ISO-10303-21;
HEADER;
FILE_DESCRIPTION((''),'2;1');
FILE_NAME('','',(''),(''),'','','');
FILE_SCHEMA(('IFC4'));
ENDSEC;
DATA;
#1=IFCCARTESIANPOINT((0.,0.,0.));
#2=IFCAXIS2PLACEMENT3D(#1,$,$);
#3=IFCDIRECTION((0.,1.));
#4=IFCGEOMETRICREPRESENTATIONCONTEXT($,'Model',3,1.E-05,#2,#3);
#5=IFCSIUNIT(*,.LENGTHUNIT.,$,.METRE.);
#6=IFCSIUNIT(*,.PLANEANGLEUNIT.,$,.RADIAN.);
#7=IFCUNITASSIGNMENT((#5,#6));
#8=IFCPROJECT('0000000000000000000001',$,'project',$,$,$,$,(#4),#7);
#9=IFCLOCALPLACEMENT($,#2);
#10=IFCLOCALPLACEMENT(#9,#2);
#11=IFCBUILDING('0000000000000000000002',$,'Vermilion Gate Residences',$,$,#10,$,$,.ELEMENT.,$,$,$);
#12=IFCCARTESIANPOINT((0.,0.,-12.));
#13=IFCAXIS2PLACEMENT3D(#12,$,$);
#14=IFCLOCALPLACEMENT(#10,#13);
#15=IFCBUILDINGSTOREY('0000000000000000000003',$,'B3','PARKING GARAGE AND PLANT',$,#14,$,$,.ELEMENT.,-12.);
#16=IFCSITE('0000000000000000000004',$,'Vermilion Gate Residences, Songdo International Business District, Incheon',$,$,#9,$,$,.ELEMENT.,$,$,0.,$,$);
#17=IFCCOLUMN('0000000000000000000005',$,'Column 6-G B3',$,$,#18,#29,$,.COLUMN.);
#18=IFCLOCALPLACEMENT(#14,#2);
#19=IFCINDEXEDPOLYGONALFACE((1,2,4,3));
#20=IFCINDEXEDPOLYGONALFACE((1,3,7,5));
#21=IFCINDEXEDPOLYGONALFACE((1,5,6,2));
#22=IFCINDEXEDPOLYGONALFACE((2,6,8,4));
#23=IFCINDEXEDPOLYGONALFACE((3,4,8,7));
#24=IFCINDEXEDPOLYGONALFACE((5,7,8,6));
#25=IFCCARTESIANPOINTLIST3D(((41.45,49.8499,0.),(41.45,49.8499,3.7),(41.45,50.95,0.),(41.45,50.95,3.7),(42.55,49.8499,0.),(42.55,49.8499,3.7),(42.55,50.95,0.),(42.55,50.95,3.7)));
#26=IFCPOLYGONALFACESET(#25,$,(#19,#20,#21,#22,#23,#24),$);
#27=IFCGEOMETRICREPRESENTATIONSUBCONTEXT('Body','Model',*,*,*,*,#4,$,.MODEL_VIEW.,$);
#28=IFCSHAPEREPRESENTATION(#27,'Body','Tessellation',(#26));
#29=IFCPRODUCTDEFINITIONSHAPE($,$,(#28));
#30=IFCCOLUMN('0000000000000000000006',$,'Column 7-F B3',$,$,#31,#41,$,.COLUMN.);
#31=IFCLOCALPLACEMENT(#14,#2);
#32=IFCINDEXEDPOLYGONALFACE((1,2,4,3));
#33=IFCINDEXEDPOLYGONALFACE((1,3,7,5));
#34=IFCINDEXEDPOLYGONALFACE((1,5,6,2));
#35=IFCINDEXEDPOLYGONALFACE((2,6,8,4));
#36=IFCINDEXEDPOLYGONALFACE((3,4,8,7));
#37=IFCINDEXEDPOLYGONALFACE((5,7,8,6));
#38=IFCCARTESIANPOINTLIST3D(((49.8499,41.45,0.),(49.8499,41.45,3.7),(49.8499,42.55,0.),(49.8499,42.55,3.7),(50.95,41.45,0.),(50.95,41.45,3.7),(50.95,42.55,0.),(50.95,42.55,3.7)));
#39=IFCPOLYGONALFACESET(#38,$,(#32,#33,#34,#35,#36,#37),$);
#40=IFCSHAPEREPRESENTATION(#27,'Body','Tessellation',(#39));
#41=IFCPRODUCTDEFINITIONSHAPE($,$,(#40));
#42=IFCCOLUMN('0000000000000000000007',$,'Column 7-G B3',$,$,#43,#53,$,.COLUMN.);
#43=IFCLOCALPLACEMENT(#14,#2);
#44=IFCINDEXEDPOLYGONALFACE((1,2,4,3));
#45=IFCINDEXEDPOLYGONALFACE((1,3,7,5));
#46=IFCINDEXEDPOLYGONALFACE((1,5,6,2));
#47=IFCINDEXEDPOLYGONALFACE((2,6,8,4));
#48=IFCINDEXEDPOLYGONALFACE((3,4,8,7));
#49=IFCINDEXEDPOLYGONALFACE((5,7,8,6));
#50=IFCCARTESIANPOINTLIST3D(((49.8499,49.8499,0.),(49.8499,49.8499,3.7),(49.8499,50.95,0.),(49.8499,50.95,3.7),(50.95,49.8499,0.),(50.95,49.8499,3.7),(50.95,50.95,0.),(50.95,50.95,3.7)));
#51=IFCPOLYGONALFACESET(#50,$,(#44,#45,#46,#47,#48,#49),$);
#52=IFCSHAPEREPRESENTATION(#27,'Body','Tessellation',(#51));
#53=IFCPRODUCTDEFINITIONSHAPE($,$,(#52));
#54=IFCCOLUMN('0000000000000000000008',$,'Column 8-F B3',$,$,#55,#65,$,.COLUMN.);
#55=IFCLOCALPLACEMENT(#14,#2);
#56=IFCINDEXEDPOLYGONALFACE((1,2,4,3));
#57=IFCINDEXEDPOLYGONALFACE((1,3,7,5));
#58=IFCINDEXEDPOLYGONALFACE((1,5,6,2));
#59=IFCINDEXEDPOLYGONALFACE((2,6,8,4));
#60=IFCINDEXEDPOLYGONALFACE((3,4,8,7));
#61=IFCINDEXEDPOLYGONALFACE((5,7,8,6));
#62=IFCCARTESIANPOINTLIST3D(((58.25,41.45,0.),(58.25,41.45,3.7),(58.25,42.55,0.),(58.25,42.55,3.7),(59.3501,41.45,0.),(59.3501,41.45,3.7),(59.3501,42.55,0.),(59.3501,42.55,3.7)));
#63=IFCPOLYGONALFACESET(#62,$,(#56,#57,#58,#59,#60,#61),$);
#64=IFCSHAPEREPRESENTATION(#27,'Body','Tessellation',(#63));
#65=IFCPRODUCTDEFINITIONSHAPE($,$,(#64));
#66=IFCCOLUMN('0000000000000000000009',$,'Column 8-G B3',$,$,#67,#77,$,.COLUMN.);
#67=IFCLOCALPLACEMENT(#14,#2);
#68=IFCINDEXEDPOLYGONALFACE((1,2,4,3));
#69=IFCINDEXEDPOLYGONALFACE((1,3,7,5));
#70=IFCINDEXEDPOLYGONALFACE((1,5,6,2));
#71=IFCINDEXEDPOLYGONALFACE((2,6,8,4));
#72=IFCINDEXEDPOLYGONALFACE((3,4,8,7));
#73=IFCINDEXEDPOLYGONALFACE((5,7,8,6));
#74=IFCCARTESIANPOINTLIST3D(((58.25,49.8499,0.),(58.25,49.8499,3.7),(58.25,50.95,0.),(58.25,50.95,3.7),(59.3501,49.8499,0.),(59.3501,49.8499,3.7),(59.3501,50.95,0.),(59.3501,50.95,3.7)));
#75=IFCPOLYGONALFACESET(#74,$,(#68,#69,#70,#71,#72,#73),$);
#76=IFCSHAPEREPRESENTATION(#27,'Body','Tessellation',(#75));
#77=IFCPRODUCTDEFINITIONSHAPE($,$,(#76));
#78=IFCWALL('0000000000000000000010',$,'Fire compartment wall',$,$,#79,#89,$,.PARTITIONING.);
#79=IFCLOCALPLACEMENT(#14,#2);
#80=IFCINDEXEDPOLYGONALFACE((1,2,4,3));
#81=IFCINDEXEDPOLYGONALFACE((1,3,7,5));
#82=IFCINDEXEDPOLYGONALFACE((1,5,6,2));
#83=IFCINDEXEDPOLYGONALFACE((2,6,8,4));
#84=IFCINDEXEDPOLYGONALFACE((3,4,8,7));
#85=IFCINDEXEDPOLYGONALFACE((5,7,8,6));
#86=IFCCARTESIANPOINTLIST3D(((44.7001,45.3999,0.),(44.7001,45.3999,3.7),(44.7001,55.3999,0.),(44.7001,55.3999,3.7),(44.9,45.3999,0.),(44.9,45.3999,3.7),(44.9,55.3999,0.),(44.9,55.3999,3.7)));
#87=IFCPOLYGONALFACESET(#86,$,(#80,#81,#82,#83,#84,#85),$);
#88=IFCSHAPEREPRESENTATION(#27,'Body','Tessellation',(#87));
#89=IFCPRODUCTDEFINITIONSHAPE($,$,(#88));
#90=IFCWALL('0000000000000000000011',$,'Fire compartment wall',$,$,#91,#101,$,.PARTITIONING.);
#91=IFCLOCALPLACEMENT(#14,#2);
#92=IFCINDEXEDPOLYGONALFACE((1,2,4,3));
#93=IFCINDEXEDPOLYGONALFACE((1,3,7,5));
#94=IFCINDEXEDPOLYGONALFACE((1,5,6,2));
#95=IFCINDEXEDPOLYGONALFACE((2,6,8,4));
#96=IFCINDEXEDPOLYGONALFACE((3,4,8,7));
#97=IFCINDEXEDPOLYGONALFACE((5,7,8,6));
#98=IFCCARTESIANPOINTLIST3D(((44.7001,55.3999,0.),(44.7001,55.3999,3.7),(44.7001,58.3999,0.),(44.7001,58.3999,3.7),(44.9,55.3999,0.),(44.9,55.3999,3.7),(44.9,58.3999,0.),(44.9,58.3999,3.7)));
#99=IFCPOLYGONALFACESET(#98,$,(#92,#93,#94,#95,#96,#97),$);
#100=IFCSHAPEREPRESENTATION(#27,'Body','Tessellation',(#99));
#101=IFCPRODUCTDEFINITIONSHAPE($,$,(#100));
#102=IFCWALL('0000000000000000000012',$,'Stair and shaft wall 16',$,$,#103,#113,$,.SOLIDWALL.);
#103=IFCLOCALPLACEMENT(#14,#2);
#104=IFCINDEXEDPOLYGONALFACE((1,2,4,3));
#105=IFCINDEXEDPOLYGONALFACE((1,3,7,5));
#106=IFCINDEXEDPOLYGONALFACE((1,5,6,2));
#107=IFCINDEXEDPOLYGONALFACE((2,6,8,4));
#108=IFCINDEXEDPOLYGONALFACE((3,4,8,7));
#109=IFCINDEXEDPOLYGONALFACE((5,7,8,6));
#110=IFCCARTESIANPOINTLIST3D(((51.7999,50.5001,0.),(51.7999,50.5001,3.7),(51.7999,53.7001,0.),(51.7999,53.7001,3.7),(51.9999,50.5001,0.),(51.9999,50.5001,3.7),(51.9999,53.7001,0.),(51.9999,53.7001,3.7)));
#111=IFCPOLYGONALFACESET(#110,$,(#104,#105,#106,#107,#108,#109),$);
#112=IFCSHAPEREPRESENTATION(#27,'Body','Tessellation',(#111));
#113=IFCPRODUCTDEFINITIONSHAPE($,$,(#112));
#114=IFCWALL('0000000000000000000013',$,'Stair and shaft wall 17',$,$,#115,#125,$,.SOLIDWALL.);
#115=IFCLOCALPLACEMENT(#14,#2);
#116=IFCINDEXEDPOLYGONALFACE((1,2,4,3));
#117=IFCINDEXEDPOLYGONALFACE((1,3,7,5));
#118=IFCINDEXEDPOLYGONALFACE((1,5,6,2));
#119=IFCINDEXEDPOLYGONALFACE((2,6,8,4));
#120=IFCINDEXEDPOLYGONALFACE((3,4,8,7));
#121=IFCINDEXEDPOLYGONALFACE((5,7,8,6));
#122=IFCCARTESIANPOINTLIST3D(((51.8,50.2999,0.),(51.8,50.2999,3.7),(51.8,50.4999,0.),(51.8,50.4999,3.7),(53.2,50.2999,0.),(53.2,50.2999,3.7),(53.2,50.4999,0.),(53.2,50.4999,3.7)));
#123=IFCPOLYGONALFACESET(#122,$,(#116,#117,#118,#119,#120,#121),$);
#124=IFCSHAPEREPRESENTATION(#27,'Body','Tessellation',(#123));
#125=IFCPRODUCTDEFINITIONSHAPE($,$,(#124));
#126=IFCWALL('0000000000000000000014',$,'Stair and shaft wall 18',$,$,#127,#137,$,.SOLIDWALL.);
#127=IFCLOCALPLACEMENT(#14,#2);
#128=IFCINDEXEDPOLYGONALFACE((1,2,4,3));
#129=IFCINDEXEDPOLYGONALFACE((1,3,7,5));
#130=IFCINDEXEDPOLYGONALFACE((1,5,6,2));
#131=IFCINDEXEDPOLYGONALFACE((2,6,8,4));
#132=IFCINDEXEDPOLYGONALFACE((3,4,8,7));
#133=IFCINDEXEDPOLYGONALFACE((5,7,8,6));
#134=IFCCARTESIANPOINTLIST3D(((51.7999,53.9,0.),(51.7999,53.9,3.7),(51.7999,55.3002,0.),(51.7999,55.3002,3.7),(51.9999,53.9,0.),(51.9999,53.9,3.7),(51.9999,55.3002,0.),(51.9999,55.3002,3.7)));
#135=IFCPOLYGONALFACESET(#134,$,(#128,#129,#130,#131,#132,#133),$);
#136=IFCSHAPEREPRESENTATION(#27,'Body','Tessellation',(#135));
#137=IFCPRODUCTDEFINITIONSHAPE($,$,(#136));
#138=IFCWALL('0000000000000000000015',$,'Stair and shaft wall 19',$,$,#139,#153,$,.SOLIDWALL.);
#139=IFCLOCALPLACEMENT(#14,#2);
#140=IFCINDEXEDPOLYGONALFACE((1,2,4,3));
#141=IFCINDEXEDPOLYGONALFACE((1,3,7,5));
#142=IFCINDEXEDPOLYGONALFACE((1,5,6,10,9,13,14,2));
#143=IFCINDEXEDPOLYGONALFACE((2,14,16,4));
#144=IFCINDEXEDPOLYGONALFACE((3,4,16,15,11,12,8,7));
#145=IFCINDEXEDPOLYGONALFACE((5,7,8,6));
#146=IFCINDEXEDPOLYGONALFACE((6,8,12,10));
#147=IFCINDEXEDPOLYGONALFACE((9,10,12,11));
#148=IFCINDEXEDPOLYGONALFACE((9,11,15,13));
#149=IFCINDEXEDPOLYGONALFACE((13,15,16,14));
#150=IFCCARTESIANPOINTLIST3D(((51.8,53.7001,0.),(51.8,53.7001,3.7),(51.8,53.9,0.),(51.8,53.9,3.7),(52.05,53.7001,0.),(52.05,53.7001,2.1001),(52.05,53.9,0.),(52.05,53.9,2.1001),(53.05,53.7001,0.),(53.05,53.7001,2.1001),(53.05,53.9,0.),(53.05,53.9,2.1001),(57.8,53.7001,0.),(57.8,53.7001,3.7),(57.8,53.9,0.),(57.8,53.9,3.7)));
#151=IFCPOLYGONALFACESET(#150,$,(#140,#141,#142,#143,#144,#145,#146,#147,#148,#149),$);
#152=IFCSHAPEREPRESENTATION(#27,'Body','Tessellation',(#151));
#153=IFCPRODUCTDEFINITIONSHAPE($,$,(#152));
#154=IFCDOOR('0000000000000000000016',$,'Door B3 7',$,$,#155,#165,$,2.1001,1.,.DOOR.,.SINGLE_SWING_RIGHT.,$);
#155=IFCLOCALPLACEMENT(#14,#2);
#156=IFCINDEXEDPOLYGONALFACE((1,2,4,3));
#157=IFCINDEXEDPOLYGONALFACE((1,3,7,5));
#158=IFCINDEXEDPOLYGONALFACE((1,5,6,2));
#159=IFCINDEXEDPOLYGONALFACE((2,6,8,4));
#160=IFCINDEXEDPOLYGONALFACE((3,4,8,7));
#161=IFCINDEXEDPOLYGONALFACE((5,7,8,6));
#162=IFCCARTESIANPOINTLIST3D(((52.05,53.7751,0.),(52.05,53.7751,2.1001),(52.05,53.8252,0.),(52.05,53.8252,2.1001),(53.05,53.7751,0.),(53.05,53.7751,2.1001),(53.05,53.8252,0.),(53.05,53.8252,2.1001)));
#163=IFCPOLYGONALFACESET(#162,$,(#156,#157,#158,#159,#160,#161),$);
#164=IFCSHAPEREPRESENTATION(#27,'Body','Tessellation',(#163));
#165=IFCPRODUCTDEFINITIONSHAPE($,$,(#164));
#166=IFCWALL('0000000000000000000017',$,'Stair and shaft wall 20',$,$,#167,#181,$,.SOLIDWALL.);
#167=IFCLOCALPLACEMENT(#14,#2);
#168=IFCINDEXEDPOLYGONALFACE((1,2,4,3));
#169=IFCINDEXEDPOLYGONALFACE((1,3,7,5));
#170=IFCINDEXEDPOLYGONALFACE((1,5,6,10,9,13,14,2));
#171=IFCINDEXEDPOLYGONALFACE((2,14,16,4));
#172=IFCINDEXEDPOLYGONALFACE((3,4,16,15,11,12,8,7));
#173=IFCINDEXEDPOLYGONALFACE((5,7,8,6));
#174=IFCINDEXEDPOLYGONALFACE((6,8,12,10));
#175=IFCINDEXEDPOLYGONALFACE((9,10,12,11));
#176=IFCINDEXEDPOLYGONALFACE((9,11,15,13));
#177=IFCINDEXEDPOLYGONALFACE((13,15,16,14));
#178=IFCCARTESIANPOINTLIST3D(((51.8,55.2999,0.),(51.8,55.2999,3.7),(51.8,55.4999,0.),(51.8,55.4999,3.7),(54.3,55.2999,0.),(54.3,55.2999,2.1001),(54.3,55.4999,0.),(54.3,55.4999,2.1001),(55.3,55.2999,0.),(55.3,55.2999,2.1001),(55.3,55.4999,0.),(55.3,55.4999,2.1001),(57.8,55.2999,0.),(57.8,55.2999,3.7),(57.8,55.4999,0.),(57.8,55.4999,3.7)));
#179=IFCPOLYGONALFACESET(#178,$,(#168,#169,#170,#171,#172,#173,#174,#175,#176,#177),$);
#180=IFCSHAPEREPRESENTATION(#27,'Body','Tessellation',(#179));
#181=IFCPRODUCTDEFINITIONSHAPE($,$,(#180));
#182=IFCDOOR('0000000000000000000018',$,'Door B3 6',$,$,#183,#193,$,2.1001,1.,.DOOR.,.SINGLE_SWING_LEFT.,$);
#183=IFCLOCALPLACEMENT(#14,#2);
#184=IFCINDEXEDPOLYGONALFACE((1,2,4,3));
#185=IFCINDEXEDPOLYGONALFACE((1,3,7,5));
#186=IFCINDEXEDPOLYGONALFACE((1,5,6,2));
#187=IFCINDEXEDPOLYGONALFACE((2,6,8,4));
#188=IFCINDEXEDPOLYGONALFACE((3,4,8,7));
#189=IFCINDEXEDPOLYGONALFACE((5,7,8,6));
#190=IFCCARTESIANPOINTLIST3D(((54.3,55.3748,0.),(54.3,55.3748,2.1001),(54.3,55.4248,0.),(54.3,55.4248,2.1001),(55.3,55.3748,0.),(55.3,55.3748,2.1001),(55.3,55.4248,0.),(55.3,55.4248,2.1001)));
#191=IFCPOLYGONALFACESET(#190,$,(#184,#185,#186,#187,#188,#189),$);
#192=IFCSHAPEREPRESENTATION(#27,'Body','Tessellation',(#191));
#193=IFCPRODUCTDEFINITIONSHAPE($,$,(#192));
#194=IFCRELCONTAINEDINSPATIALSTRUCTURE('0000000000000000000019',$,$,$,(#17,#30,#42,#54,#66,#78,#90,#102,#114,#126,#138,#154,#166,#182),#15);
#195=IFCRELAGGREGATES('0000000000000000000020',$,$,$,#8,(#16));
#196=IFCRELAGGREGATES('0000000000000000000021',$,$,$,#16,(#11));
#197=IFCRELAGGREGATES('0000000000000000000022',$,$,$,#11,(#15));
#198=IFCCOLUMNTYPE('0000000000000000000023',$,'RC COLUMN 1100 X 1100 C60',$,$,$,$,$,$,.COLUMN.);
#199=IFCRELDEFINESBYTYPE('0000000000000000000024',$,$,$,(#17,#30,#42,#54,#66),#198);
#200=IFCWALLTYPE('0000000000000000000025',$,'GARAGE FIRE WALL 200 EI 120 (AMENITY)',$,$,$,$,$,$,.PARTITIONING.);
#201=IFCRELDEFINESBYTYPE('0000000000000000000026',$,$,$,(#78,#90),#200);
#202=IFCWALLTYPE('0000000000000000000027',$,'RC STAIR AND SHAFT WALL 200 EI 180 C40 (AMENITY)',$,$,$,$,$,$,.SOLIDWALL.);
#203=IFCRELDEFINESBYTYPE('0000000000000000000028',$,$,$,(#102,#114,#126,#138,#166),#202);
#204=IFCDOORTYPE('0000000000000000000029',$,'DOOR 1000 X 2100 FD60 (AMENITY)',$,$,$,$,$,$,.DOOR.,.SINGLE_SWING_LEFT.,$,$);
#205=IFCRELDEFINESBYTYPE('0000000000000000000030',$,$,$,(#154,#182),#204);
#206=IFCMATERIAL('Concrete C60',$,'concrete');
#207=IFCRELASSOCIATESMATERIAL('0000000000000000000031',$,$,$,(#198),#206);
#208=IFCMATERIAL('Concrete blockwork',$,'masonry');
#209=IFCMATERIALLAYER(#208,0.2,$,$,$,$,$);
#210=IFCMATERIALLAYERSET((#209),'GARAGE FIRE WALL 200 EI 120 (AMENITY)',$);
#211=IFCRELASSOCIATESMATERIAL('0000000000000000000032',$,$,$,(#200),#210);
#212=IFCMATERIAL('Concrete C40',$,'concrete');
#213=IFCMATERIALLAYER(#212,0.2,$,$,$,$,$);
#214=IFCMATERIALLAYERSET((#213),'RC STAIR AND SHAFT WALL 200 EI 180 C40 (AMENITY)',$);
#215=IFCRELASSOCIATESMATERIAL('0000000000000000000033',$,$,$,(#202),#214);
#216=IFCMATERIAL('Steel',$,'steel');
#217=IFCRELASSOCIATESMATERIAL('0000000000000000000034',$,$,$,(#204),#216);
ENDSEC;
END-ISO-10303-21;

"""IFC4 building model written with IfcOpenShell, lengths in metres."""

from ifc_helpers import new_model, si_unit, direction, frame, frame_2d, origin, origin_2d, place, context, subcontext, project, spatial, rectangle, extrude, material, layer, layer_set, material_profile, profile_set, type_object, element, fill, save


model = new_model("IFC4")

# Units and contexts
model_context = context("Model", 3, precision=1e-05, world=origin(), true_north=direction((0.0, 1.0)))
body_context = subcontext(model_context, "Body", "Model", "MODEL_VIEW")
ifc_project = project(units=[si_unit("LENGTHUNIT", "METRE"), si_unit("PLANEANGLEUNIT", "RADIAN")], contexts=[model_context])

# Site, building, storey
site_placement = place(None, origin())
site = spatial("IfcSite", under=ifc_project, at=site_placement, Name="Vermilion Gate Residences, Songdo International Business District, Incheon", CompositionType="ELEMENT", RefElevation=0.0)
building_placement = place(site_placement, origin())
building = spatial("IfcBuilding", under=site, at=building_placement, Name="Vermilion Gate Residences", CompositionType="ELEMENT")
storey_placement = place(building_placement, frame((0.0, 0.0, -12.0)))
storey = spatial("IfcBuildingStorey", under=building, at=storey_placement, Name="B3", Description="PARKING GARAGE AND PLANT", CompositionType="ELEMENT", Elevation=-12.0)

# Columns
ifc_material_1 = material(Name="Concrete C60", Category="concrete")
ifc_material_profile = material_profile(ifc_material_1, rectangle(XDim=1.1001, YDim=1.1001, at=origin_2d()), Name="RC-1100x1100")
ifc_profile_set = profile_set([ifc_material_profile], Name="Concrete C60")
column_type = type_object("IfcColumnType", Name="RC COLUMN 1100 X 1100 C60", PredefinedType="COLUMN", material=ifc_profile_set)
for number, where, z_axis, x_axis, name in (
    (1, (42.0, 50.3999, 0.0), (0.0, 0.0, 1.0), (1.0, 0.0, 0.0), "Column 6-G B3"),
    (2, (50.3999, 42.0, 0.0), (0.0, 0.0, 1.0), (1.0, 0.0, 0.0), "Column 7-F B3"),
    (3, (50.3999, 50.3999, 0.0), (0.0, 0.0, 1.0), (1.0, 0.0, 0.0), "Column 7-G B3"),
    (4, (58.8, 42.0, 0.0), (0.0, 0.0, 1.0), (1.0, 0.0, 0.0), "Column 8-F B3"),
    (5, (58.8, 50.3999, 0.0), (0.0, 0.0, 1.0), (1.0, 0.0, 0.0), "Column 8-G B3"),
):
    element("IfcColumn", number, at=place(storey_placement, frame(where, z_axis=z_axis, x_axis=x_axis)), inside=storey, type_object=column_type, Name=name, PredefinedType="COLUMN", context=body_context, shape_type="SweptSolid", body=[
        extrude(rectangle(XDim=1.1001, YDim=1.1001, at=origin_2d()), origin(), (0.0, 0.0, 1.0), 3.7),
    ])

# Shared definitions
ifc_material_2 = material(Name="Concrete blockwork", Category="masonry")
ifc_layer_1 = layer(ifc_material_2, 0.2)
ifc_layer_set_1 = layer_set([ifc_layer_1], Name="GARAGE FIRE WALL 200 EI 120 (AMENITY)")
wall_type_1 = type_object("IfcWallType", Name="GARAGE FIRE WALL 200 EI 120 (AMENITY)", PredefinedType="PARTITIONING", material=ifc_layer_set_1)

# Walls
wall_1_placement = place(storey_placement, frame((44.8, 45.3999, 0.0), z_axis=(0.0, 0.0, 1.0), x_axis=(0.0, 1.0, 0.0)))
element("IfcWall", 6, at=wall_1_placement, inside=storey, type_object=wall_type_1, Name="Fire compartment wall", PredefinedType="PARTITIONING", context=body_context, shape_type="SweptSolid", body=[
    extrude(rectangle(XDim=10.0, YDim=0.2, at=frame_2d((5.0, 0.0))), origin(), (0.0, 0.0, 1.0), 3.7),
])
wall_2_placement = place(storey_placement, frame((44.8, 55.3999, 0.0), z_axis=(0.0, 0.0, 1.0), x_axis=(0.0, 1.0, 0.0)))
element("IfcWall", 7, at=wall_2_placement, inside=storey, type_object=wall_type_1, Name="Fire compartment wall", PredefinedType="PARTITIONING", context=body_context, shape_type="SweptSolid", body=[
    extrude(rectangle(XDim=3.0, YDim=0.2, at=frame_2d((1.5, 0.0))), origin(), (0.0, 0.0, 1.0), 3.7),
])
ifc_material_3 = material(Name="Concrete C40", Category="concrete")
ifc_layer_2 = layer(ifc_material_3, 0.2)
ifc_layer_set_2 = layer_set([ifc_layer_2], Name="RC STAIR AND SHAFT WALL 200 EI 180 C40 (AMENITY)")
wall_type_2 = type_object("IfcWallType", Name="RC STAIR AND SHAFT WALL 200 EI 180 C40 (AMENITY)", PredefinedType="SOLIDWALL", material=ifc_layer_set_2)
wall_3_placement = place(storey_placement, frame((51.8999, 50.5, 0.0), z_axis=(0.0, 0.0, 1.0), x_axis=(0.0, 1.0, 0.0)))
element("IfcWall", 8, at=wall_3_placement, inside=storey, type_object=wall_type_2, Name="Stair and shaft wall 16", PredefinedType="SOLIDWALL", context=body_context, shape_type="SweptSolid", body=[
    extrude(rectangle(XDim=3.2, YDim=0.2, at=frame_2d((1.6001, 0.0))), origin(), (0.0, 0.0, 1.0), 3.7),
])
wall_4_placement = place(storey_placement, frame((51.8, 50.3999, 0.0), z_axis=(0.0, 0.0, 1.0), x_axis=(1.0, 0.0, 0.0)))
element("IfcWall", 9, at=wall_4_placement, inside=storey, type_object=wall_type_2, Name="Stair and shaft wall 17", PredefinedType="SOLIDWALL", context=body_context, shape_type="SweptSolid", body=[
    extrude(rectangle(XDim=1.3999, YDim=0.2, at=frame_2d((0.7, 0.0))), origin(), (0.0, 0.0, 1.0), 3.7),
])
wall_5_placement = place(storey_placement, frame((51.8999, 53.8999, 0.0), z_axis=(0.0, 0.0, 1.0), x_axis=(0.0, 1.0, 0.0)))
element("IfcWall", 10, at=wall_5_placement, inside=storey, type_object=wall_type_2, Name="Stair and shaft wall 18", PredefinedType="SOLIDWALL", context=body_context, shape_type="SweptSolid", body=[
    extrude(rectangle(XDim=1.4001, YDim=0.2, at=frame_2d((0.7002, 0.0))), origin(), (0.0, 0.0, 1.0), 3.7),
])

# Walls, openings, doors
wall_6_placement = place(storey_placement, frame((51.8, 53.8, 0.0), z_axis=(0.0, 0.0, 1.0), x_axis=(1.0, 0.0, 0.0)))
wall_6 = element("IfcWall", 11, at=wall_6_placement, inside=storey, type_object=wall_type_2, Name="Stair and shaft wall 19", PredefinedType="SOLIDWALL", context=body_context, shape_type="SweptSolid", body=[
    extrude(rectangle(XDim=6.0, YDim=0.2, at=frame_2d((3.0, 0.0))), origin(), (0.0, 0.0, 1.0), 3.7),
])
opening_1_placement = place(wall_6_placement, frame((0.25, 0.0, 0.0)))
opening_1 = element("IfcOpeningElement", 12, at=opening_1_placement, cuts=wall_6, PredefinedType="OPENING", context=body_context, shape_type="SweptSolid", body=[
    extrude(rectangle(XDim=1.0, YDim=2.1001, at=frame_2d((0.5, 1.05))), frame((0.0, 0.1099, 0.0), z_axis=(0.0, -1.0, 0.0), x_axis=(1.0, 0.0, 0.0)), (0.0, 0.0, 1.0), 0.22),
])
ifc_material_4 = material(Name="Steel", Category="steel")
door_type_1 = type_object("IfcDoorType", Name="DOOR 1000 X 2100 FD60 (AMENITY)", OperationType="SINGLE_SWING_LEFT", PredefinedType="DOOR", material=ifc_material_4)
door_1_placement = place(opening_1_placement, frame((1.0, 0.0, 0.0), z_axis=(0.0, 0.0, 1.0), x_axis=(-1.0, 0.0, 0.0)))
door_1 = element("IfcDoor", 13, at=door_1_placement, inside=storey, type_object=door_type_1, Name="Door B3 7", OperationType="SINGLE_SWING_RIGHT", OverallHeight=2.1001, OverallWidth=1.0, PredefinedType="DOOR", context=body_context, shape_type="SweptSolid", body=[
    extrude(rectangle(XDim=1.0, YDim=2.1001, at=frame_2d((0.5, 1.05))), frame((0.0, 0.0249, 0.0), z_axis=(0.0, -1.0, 0.0), x_axis=(1.0, 0.0, 0.0)), (0.0, 0.0, 1.0), 0.05),
])
fill(opening_1, door_1)
wall_7_placement = place(storey_placement, frame((51.8, 55.3999, 0.0), z_axis=(0.0, 0.0, 1.0), x_axis=(1.0, 0.0, 0.0)))
wall_7 = element("IfcWall", 14, at=wall_7_placement, inside=storey, type_object=wall_type_2, Name="Stair and shaft wall 20", PredefinedType="SOLIDWALL", context=body_context, shape_type="SweptSolid", body=[
    extrude(rectangle(XDim=6.0, YDim=0.2, at=frame_2d((3.0, 0.0))), origin(), (0.0, 0.0, 1.0), 3.7),
])
opening_2_placement = place(wall_7_placement, frame((2.5, 0.0, 0.0)))
opening_2 = element("IfcOpeningElement", 15, at=opening_2_placement, cuts=wall_7, PredefinedType="OPENING", context=body_context, shape_type="SweptSolid", body=[
    extrude(rectangle(XDim=1.0, YDim=2.1001, at=frame_2d((0.5, 1.05))), frame((0.0, 0.1099, 0.0), z_axis=(0.0, -1.0, 0.0), x_axis=(1.0, 0.0, 0.0)), (0.0, 0.0, 1.0), 0.22),
])
door_2_placement = place(opening_2_placement, origin())
door_2 = element("IfcDoor", 16, at=door_2_placement, inside=storey, type_object=door_type_1, Name="Door B3 6", OperationType="SINGLE_SWING_LEFT", OverallHeight=2.1001, OverallWidth=1.0, PredefinedType="DOOR", context=body_context, shape_type="SweptSolid", body=[
    extrude(rectangle(XDim=1.0, YDim=2.1001, at=frame_2d((0.5, 1.05))), frame((0.0, 0.0249, 0.0), z_axis=(0.0, -1.0, 0.0), x_axis=(1.0, 0.0, 0.0)), (0.0, 0.0, 1.0), 0.05),
])
fill(opening_2, door_2)

save(model, "model.ifc")
